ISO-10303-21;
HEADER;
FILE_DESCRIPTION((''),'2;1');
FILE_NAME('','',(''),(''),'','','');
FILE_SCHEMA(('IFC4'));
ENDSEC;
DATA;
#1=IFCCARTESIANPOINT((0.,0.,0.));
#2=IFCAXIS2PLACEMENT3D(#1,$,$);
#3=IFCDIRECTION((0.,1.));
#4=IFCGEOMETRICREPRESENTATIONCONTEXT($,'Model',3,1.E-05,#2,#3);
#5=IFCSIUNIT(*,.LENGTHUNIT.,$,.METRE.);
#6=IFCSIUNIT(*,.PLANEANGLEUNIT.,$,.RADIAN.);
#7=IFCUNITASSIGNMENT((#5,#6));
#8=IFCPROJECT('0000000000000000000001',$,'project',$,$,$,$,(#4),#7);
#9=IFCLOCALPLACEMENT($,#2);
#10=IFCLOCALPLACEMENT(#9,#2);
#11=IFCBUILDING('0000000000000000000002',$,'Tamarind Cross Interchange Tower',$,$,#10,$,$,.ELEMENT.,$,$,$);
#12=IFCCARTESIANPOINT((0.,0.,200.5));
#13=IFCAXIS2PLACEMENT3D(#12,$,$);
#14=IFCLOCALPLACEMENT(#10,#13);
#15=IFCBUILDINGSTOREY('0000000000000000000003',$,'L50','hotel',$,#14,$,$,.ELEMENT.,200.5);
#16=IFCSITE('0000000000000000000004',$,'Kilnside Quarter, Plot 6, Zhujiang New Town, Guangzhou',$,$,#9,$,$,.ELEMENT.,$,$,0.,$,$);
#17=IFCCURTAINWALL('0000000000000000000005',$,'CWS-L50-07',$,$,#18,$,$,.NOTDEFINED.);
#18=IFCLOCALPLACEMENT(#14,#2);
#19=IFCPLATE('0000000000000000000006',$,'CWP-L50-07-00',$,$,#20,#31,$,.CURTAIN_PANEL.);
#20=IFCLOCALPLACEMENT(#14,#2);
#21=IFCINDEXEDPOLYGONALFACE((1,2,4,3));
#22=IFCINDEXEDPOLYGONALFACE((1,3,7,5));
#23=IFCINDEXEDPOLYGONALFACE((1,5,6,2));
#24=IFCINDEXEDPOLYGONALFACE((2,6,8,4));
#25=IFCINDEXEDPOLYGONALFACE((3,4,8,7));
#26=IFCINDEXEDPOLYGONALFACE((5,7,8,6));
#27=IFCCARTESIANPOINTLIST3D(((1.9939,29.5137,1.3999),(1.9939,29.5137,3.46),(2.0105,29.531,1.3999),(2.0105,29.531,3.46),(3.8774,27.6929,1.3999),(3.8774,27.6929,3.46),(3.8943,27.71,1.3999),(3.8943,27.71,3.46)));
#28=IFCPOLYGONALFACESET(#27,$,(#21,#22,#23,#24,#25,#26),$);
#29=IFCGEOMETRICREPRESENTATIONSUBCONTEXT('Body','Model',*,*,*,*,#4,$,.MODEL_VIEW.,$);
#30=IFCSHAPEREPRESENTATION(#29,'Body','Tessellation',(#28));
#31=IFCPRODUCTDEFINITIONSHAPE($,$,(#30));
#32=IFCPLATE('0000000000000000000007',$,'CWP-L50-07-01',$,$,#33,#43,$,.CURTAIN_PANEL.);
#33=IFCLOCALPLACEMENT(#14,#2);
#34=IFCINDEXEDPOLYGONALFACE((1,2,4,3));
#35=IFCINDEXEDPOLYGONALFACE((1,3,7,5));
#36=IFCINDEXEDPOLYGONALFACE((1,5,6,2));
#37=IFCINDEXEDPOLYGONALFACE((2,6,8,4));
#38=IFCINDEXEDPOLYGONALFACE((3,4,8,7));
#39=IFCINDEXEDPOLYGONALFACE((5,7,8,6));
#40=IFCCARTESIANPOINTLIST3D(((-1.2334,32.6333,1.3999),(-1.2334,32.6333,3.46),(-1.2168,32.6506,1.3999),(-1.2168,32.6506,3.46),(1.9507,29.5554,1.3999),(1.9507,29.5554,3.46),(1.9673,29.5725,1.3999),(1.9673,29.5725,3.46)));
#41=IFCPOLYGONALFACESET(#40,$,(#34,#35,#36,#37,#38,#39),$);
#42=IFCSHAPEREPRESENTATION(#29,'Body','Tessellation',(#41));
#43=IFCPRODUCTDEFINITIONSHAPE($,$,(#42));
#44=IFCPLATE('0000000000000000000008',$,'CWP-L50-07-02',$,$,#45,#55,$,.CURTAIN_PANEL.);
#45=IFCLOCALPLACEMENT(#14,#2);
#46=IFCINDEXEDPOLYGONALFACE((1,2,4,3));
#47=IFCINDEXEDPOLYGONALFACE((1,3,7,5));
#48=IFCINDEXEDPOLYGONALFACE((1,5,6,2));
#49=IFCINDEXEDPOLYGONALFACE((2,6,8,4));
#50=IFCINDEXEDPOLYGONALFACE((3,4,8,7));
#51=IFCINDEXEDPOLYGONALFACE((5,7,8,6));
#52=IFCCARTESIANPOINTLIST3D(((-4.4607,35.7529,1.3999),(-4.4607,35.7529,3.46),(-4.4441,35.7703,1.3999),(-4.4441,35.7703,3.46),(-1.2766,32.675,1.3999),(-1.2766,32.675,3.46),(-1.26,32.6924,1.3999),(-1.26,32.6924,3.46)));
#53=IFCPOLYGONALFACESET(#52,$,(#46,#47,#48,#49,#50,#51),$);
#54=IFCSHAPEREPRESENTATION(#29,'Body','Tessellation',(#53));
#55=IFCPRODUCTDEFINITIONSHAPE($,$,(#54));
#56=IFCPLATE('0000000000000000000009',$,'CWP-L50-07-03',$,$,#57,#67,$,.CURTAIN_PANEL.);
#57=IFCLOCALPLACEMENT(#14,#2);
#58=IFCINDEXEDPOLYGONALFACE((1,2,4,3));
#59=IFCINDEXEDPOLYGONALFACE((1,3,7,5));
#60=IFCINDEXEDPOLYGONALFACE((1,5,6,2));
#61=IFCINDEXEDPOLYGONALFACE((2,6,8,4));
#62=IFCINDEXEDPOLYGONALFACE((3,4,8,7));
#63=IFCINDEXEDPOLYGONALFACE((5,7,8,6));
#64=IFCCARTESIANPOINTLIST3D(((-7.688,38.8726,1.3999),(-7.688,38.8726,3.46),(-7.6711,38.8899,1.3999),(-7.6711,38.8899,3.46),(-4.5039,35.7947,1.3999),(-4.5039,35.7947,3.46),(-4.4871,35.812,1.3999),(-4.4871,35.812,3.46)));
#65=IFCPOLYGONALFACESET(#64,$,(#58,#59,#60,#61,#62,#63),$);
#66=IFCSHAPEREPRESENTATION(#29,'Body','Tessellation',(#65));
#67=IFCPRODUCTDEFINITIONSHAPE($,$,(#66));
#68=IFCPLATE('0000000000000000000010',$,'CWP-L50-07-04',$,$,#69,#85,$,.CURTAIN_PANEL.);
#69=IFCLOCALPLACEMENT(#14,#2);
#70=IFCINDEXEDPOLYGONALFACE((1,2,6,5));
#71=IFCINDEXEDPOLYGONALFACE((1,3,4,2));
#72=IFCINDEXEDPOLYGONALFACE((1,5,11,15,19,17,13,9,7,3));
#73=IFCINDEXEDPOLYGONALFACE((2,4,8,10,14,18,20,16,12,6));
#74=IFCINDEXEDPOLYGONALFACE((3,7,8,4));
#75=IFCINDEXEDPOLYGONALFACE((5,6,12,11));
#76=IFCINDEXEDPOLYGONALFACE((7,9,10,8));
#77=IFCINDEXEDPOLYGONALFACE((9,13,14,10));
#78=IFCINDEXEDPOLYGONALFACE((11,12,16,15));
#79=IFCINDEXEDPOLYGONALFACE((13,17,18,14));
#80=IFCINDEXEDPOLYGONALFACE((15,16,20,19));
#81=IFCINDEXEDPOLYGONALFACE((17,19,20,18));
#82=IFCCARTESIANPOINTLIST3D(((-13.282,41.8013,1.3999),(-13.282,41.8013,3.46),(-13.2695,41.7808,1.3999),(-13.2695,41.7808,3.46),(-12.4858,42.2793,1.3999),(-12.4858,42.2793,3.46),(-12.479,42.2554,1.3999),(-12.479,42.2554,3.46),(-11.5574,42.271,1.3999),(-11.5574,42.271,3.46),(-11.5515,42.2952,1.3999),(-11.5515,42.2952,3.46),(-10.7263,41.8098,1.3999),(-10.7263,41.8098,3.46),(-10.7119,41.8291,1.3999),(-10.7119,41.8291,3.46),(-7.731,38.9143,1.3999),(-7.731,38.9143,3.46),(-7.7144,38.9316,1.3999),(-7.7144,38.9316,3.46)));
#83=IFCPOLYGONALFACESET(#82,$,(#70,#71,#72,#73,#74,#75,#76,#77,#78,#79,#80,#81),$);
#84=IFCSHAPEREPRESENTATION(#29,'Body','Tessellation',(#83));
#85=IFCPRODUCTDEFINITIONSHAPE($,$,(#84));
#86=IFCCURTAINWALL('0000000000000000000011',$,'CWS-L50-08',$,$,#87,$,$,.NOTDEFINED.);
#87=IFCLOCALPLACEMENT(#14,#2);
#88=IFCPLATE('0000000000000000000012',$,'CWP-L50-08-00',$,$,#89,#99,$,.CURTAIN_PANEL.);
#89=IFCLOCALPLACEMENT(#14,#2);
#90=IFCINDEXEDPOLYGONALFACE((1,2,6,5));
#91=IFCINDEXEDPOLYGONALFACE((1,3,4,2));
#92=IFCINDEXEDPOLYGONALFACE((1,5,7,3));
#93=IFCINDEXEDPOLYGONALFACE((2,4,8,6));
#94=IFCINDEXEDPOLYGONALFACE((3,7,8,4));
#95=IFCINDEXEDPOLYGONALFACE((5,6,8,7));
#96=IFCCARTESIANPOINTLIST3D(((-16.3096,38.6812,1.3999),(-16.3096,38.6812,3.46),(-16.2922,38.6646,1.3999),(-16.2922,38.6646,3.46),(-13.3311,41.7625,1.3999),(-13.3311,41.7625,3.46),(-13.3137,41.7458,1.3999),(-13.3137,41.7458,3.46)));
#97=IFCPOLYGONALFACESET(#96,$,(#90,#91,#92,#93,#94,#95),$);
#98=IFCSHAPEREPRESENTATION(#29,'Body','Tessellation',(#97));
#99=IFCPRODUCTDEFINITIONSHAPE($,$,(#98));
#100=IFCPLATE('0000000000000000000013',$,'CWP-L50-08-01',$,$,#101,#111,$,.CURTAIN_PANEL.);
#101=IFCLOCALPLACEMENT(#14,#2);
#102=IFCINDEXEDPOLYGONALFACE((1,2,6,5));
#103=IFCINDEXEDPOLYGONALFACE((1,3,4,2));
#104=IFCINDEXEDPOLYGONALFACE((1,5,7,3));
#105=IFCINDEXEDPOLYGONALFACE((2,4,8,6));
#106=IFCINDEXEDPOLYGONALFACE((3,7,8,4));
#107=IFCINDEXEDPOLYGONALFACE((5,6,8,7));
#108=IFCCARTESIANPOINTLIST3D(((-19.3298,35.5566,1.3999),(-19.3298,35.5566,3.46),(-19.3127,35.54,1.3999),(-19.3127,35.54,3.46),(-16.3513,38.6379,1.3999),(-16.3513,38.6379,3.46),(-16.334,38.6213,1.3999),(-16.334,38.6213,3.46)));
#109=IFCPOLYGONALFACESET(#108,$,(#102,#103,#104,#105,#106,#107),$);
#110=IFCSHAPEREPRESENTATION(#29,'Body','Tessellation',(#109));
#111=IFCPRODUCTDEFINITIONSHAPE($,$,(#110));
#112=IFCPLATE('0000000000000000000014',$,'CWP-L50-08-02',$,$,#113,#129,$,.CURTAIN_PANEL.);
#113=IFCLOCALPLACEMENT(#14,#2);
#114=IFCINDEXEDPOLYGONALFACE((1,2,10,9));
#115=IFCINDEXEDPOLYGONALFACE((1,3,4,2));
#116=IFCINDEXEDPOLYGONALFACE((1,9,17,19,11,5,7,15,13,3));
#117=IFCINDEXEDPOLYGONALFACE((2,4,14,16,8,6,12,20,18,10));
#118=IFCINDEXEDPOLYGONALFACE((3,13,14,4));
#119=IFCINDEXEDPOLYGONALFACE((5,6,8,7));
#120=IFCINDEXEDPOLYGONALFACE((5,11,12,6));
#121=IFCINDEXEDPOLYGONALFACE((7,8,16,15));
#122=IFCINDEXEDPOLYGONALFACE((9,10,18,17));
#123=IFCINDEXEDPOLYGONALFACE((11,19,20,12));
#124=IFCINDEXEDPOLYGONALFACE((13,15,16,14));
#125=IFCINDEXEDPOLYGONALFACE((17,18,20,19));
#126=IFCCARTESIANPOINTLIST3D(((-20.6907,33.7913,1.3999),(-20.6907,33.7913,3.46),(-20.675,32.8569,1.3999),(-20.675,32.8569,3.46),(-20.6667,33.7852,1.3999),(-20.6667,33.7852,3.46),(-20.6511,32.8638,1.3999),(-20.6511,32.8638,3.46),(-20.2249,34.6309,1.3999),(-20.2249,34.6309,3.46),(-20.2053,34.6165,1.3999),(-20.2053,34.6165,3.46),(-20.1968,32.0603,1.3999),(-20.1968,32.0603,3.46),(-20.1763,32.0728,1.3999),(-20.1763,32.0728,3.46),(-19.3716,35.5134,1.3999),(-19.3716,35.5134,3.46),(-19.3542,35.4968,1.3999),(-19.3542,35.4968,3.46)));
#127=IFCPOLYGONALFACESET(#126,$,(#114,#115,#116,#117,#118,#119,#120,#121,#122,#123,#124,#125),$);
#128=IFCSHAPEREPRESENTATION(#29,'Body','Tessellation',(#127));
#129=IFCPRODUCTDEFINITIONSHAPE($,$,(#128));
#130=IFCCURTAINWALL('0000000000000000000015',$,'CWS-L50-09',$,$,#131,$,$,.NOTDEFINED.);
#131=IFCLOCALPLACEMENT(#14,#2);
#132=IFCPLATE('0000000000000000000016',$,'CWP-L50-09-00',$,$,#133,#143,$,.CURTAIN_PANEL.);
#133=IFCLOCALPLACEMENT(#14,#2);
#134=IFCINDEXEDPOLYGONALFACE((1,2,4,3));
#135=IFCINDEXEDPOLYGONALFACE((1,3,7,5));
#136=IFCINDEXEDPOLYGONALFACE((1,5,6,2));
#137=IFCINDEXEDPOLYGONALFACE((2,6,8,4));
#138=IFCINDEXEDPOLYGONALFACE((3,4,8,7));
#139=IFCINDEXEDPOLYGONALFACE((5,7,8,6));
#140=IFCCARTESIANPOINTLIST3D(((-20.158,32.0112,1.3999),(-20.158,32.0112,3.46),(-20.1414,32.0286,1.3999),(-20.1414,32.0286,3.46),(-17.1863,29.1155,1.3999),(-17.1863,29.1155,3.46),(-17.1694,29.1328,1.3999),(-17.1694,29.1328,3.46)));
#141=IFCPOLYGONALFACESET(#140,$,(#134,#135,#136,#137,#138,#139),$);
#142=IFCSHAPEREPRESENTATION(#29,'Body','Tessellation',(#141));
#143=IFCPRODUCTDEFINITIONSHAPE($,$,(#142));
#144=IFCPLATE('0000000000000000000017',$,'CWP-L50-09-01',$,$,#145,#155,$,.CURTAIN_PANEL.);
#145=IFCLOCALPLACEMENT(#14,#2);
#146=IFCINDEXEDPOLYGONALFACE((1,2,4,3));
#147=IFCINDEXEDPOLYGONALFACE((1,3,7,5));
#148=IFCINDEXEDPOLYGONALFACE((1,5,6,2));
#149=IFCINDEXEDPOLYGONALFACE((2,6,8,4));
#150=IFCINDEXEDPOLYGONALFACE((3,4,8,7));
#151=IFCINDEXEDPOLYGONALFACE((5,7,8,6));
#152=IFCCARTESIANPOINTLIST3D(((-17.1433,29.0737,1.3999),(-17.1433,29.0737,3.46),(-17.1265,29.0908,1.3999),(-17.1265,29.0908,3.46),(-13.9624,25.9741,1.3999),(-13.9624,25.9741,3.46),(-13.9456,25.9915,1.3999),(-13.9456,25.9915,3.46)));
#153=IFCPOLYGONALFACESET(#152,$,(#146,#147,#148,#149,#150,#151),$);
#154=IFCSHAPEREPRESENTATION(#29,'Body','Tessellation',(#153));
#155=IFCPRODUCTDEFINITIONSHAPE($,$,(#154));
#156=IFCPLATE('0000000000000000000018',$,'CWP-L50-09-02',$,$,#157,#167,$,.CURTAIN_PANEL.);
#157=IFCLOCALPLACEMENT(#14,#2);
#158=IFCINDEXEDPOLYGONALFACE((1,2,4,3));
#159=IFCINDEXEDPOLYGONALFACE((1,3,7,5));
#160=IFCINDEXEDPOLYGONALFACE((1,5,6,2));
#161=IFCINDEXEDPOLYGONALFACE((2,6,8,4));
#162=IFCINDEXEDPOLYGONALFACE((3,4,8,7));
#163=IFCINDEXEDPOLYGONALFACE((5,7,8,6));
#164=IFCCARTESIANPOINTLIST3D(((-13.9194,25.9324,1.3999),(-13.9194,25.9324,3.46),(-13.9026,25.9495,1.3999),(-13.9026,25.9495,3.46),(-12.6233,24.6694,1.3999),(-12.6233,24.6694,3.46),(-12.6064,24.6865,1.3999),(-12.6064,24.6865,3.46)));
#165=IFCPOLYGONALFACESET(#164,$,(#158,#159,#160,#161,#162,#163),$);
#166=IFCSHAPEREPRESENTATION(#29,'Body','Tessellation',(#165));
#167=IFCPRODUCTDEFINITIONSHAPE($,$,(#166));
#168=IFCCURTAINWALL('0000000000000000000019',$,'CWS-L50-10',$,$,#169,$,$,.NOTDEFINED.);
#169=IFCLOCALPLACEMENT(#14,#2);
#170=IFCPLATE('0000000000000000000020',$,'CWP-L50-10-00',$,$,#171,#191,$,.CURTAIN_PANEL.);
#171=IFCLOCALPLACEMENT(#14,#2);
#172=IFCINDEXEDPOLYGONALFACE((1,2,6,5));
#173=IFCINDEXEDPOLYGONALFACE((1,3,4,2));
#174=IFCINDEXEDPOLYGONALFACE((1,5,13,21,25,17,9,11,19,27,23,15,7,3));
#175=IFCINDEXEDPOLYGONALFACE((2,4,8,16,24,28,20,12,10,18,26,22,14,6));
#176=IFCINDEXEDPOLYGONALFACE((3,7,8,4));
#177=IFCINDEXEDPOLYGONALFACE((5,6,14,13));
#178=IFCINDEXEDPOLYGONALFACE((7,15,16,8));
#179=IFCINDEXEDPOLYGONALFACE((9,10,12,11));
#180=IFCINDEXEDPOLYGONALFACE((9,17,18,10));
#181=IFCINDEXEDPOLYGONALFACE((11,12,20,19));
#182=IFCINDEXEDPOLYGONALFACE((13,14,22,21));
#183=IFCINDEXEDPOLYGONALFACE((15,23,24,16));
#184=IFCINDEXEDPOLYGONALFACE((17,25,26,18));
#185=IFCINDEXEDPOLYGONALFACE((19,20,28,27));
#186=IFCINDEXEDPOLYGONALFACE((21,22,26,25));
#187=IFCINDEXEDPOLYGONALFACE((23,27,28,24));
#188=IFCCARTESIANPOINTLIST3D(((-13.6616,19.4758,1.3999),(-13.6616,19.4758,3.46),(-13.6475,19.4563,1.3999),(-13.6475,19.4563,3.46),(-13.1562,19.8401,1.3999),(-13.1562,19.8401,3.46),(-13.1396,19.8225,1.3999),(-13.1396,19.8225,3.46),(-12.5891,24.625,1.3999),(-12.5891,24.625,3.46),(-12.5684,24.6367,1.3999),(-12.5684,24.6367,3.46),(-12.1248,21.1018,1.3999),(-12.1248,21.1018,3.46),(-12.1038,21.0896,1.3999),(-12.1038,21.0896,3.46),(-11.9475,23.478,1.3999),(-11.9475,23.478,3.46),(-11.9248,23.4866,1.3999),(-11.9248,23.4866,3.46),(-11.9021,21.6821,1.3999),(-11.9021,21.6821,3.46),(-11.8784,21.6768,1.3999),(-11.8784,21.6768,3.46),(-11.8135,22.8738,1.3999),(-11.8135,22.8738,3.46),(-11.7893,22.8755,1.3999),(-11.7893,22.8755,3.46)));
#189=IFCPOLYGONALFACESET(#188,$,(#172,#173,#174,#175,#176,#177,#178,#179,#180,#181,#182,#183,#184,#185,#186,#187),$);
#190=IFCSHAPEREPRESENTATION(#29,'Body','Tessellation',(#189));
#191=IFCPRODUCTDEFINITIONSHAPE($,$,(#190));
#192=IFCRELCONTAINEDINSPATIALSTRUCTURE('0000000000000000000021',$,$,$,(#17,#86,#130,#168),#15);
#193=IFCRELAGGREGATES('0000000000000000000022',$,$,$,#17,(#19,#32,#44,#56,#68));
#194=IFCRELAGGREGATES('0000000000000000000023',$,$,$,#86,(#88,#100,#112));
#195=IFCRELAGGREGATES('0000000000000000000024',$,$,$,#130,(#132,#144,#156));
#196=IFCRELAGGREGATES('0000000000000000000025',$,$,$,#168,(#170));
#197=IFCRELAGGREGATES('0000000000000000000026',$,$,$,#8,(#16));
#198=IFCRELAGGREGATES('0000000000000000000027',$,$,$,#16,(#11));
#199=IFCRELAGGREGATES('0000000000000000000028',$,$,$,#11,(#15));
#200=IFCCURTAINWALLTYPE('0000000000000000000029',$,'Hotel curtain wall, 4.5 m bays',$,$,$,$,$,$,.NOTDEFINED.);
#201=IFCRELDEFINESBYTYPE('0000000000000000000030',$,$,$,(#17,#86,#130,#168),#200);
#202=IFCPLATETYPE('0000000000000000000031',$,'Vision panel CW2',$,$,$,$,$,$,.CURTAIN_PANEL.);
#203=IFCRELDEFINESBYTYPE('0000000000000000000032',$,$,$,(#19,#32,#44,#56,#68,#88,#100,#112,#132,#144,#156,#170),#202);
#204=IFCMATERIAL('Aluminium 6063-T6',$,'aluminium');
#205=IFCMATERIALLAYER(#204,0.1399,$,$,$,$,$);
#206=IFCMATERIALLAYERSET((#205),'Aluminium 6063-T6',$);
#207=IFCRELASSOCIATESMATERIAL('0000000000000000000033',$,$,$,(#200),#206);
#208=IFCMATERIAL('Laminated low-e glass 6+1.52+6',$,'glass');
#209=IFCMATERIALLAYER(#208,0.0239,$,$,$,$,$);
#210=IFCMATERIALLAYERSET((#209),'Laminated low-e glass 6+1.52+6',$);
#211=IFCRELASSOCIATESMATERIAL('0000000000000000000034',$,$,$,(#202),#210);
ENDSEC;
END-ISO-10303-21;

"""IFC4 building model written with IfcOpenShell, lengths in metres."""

from ifc_helpers import new_model, si_unit, direction, frame, origin, place, context, subcontext, project, spatial, polyline, outline, extrude, material, layer, layer_set, type_object, element, aggregate, save


model = new_model("IFC4")

# Units and contexts
model_context = context("Model", 3, precision=1e-05, world=origin(), true_north=direction((0.0, 1.0)))
body_context = subcontext(model_context, "Body", "Model", "MODEL_VIEW")
ifc_project = project(units=[si_unit("LENGTHUNIT", "METRE"), si_unit("PLANEANGLEUNIT", "RADIAN")], contexts=[model_context])

# Site, building, storey
site_placement = place(None, origin())
site = spatial("IfcSite", under=ifc_project, at=site_placement, Name="Kilnside Quarter, Plot 6, Zhujiang New Town, Guangzhou", CompositionType="ELEMENT", RefElevation=0.0)
building_placement = place(site_placement, origin())
building = spatial("IfcBuilding", under=site, at=building_placement, Name="Tamarind Cross Interchange Tower", CompositionType="ELEMENT")
storey_placement = place(building_placement, frame((0.0, 0.0, 200.5)))
storey = spatial("IfcBuildingStorey", under=building, at=storey_placement, Name="L50", Description="hotel", CompositionType="ELEMENT", Elevation=200.5)

# Curtain walls, plates
ifc_material_1 = material(Name="Aluminium 6063-T6", Category="aluminium")
ifc_layer_1 = layer(ifc_material_1, 0.1399)
ifc_layer_set_1 = layer_set([ifc_layer_1], Name="Aluminium 6063-T6")
curtain_wall_type = type_object("IfcCurtainWallType", Name="Hotel curtain wall, 4.5 m bays", PredefinedType="NOTDEFINED", material=ifc_layer_set_1)
ifc_material_2 = material(Name="Laminated low-e glass 6+1.52+6", Category="glass")
ifc_layer_2 = layer(ifc_material_2, 0.0239)
ifc_layer_set_2 = layer_set([ifc_layer_2], Name="Laminated low-e glass 6+1.52+6")
plate_type = type_object("IfcPlateType", Name="Vision panel CW2", PredefinedType="CURTAIN_PANEL", material=ifc_layer_set_2)
curtain_wall_1_placement = place(storey_placement, origin())
curtain_wall_1 = element("IfcCurtainWall", 1, at=curtain_wall_1_placement, inside=storey, type_object=curtain_wall_type, Name="CWS-L50-07", PredefinedType="NOTDEFINED")
plate_1_placement = place(storey_placement, frame((0.0, 0.0, 1.3999)))
plate_1 = element("IfcPlate", 2, at=plate_1_placement, type_object=plate_type, Name="CWP-L50-07-00", PredefinedType="CURTAIN_PANEL", context=body_context, shape_type="SweptSolid", body=[
    extrude(outline(polyline([(3.8774, 27.6929), (1.9939, 29.5137), (2.0105, 29.531), (3.8943, 27.71), (3.8774, 27.6929)])), origin(), (0.0, 0.0, 1.0), 2.0601),
])
plate_2_placement = place(storey_placement, frame((0.0, 0.0, 1.3999)))
plate_2 = element("IfcPlate", 3, at=plate_2_placement, type_object=plate_type, Name="CWP-L50-07-01", PredefinedType="CURTAIN_PANEL", context=body_context, shape_type="SweptSolid", body=[
    extrude(outline(polyline([(1.9507, 29.5554), (-1.2334, 32.6333), (-1.2168, 32.6506), (1.9673, 29.5725), (1.9507, 29.5554)])), origin(), (0.0, 0.0, 1.0), 2.0601),
])
plate_3_placement = place(storey_placement, frame((0.0, 0.0, 1.3999)))
plate_3 = element("IfcPlate", 4, at=plate_3_placement, type_object=plate_type, Name="CWP-L50-07-02", PredefinedType="CURTAIN_PANEL", context=body_context, shape_type="SweptSolid", body=[
    extrude(outline(polyline([(-1.2766, 32.675), (-4.4607, 35.7529), (-4.4441, 35.7703), (-1.26, 32.6924), (-1.2766, 32.675)])), origin(), (0.0, 0.0, 1.0), 2.0601),
])
plate_4_placement = place(storey_placement, frame((0.0, 0.0, 1.3999)))
plate_4 = element("IfcPlate", 5, at=plate_4_placement, type_object=plate_type, Name="CWP-L50-07-03", PredefinedType="CURTAIN_PANEL", context=body_context, shape_type="SweptSolid", body=[
    extrude(outline(polyline([(-4.5039, 35.7947), (-7.688, 38.8726), (-7.6711, 38.8899), (-4.4871, 35.812), (-4.5039, 35.7947)])), origin(), (0.0, 0.0, 1.0), 2.0601),
])
plate_5_placement = place(storey_placement, frame((0.0, 0.0, 1.3999)))
plate_5 = element("IfcPlate", 6, at=plate_5_placement, type_object=plate_type, Name="CWP-L50-07-04", PredefinedType="CURTAIN_PANEL", context=body_context, shape_type="SweptSolid", body=[
    extrude(outline(polyline([(-7.731, 38.9143), (-10.7263, 41.8098), (-11.5574, 42.271), (-12.479, 42.2554), (-13.2695, 41.7808), (-13.282, 41.8013), (-12.4858, 42.2793), (-11.5515, 42.2952), (-10.7119, 41.8291), (-7.7144, 38.9316), (-7.731, 38.9143)])), origin(), (0.0, 0.0, 1.0), 2.0601),
])
aggregate(curtain_wall_1, [plate_1, plate_2, plate_3, plate_4, plate_5])
curtain_wall_2_placement = place(storey_placement, origin())
curtain_wall_2 = element("IfcCurtainWall", 7, at=curtain_wall_2_placement, inside=storey, type_object=curtain_wall_type, Name="CWS-L50-08", PredefinedType="NOTDEFINED")
plate_6_placement = place(storey_placement, frame((0.0, 0.0, 1.3999)))
plate_6 = element("IfcPlate", 8, at=plate_6_placement, type_object=plate_type, Name="CWP-L50-08-00", PredefinedType="CURTAIN_PANEL", context=body_context, shape_type="SweptSolid", body=[
    extrude(outline(polyline([(-13.3137, 41.7458), (-16.2922, 38.6646), (-16.3096, 38.6812), (-13.3311, 41.7625), (-13.3137, 41.7458)])), origin(), (0.0, 0.0, 1.0), 2.0601),
])
plate_7_placement = place(storey_placement, frame((0.0, 0.0, 1.3999)))
plate_7 = element("IfcPlate", 9, at=plate_7_placement, type_object=plate_type, Name="CWP-L50-08-01", PredefinedType="CURTAIN_PANEL", context=body_context, shape_type="SweptSolid", body=[
    extrude(outline(polyline([(-16.334, 38.6213), (-19.3127, 35.54), (-19.3298, 35.5566), (-16.3513, 38.6379), (-16.334, 38.6213)])), origin(), (0.0, 0.0, 1.0), 2.0601),
])
plate_8_placement = place(storey_placement, frame((0.0, 0.0, 1.3999)))
plate_8 = element("IfcPlate", 10, at=plate_8_placement, type_object=plate_type, Name="CWP-L50-08-02", PredefinedType="CURTAIN_PANEL", context=body_context, shape_type="SweptSolid", body=[
    extrude(outline(polyline([(-19.3542, 35.4968), (-20.2053, 34.6165), (-20.6667, 33.7852), (-20.6511, 32.8638), (-20.1763, 32.0728), (-20.1968, 32.0603), (-20.675, 32.8569), (-20.6907, 33.7913), (-20.2249, 34.6309), (-19.3716, 35.5134), (-19.3542, 35.4968)])), origin(), (0.0, 0.0, 1.0), 2.0601),
])
aggregate(curtain_wall_2, [plate_6, plate_7, plate_8])
curtain_wall_3_placement = place(storey_placement, origin())
curtain_wall_3 = element("IfcCurtainWall", 11, at=curtain_wall_3_placement, inside=storey, type_object=curtain_wall_type, Name="CWS-L50-09", PredefinedType="NOTDEFINED")
plate_9_placement = place(storey_placement, frame((0.0, 0.0, 1.3999)))
plate_9 = element("IfcPlate", 12, at=plate_9_placement, type_object=plate_type, Name="CWP-L50-09-00", PredefinedType="CURTAIN_PANEL", context=body_context, shape_type="SweptSolid", body=[
    extrude(outline(polyline([(-20.1414, 32.0286), (-17.1694, 29.1328), (-17.1863, 29.1155), (-20.158, 32.0112), (-20.1414, 32.0286)])), origin(), (0.0, 0.0, 1.0), 2.0601),
])
plate_10_placement = place(storey_placement, frame((0.0, 0.0, 1.3999)))
plate_10 = element("IfcPlate", 13, at=plate_10_placement, type_object=plate_type, Name="CWP-L50-09-01", PredefinedType="CURTAIN_PANEL", context=body_context, shape_type="SweptSolid", body=[
    extrude(outline(polyline([(-17.1265, 29.0908), (-13.9456, 25.9915), (-13.9624, 25.9741), (-17.1433, 29.0737), (-17.1265, 29.0908)])), origin(), (0.0, 0.0, 1.0), 2.0601),
])
plate_11_placement = place(storey_placement, frame((0.0, 0.0, 1.3999)))
plate_11 = element("IfcPlate", 14, at=plate_11_placement, type_object=plate_type, Name="CWP-L50-09-02", PredefinedType="CURTAIN_PANEL", context=body_context, shape_type="SweptSolid", body=[
    extrude(outline(polyline([(-13.9026, 25.9495), (-12.6064, 24.6865), (-12.6233, 24.6694), (-13.9194, 25.9324), (-13.9026, 25.9495)])), origin(), (0.0, 0.0, 1.0), 2.0601),
])
aggregate(curtain_wall_3, [plate_9, plate_10, plate_11])
curtain_wall_4_placement = place(storey_placement, origin())
curtain_wall_4 = element("IfcCurtainWall", 15, at=curtain_wall_4_placement, inside=storey, type_object=curtain_wall_type, Name="CWS-L50-10", PredefinedType="NOTDEFINED")
plate_12_placement = place(storey_placement, frame((0.0, 0.0, 1.3999)))
plate_12 = element("IfcPlate", 16, at=plate_12_placement, type_object=plate_type, Name="CWP-L50-10-00", PredefinedType="CURTAIN_PANEL", context=body_context, shape_type="SweptSolid", body=[
    extrude(outline(polyline([(-12.5684, 24.6367), (-11.9248, 23.4866), (-11.7893, 22.8755), (-11.8784, 21.6768), (-12.1038, 21.0896), (-13.1396, 19.8225), (-13.6475, 19.4563), (-13.6616, 19.4758), (-13.1562, 19.8401), (-12.1248, 21.1018), (-11.9021, 21.6821), (-11.8135, 22.8738), (-11.9475, 23.478), (-12.5891, 24.625), (-12.5684, 24.6367)])), origin(), (0.0, 0.0, 1.0), 2.0601),
])
aggregate(curtain_wall_4, [plate_12])

save(model, "model.ifc")
